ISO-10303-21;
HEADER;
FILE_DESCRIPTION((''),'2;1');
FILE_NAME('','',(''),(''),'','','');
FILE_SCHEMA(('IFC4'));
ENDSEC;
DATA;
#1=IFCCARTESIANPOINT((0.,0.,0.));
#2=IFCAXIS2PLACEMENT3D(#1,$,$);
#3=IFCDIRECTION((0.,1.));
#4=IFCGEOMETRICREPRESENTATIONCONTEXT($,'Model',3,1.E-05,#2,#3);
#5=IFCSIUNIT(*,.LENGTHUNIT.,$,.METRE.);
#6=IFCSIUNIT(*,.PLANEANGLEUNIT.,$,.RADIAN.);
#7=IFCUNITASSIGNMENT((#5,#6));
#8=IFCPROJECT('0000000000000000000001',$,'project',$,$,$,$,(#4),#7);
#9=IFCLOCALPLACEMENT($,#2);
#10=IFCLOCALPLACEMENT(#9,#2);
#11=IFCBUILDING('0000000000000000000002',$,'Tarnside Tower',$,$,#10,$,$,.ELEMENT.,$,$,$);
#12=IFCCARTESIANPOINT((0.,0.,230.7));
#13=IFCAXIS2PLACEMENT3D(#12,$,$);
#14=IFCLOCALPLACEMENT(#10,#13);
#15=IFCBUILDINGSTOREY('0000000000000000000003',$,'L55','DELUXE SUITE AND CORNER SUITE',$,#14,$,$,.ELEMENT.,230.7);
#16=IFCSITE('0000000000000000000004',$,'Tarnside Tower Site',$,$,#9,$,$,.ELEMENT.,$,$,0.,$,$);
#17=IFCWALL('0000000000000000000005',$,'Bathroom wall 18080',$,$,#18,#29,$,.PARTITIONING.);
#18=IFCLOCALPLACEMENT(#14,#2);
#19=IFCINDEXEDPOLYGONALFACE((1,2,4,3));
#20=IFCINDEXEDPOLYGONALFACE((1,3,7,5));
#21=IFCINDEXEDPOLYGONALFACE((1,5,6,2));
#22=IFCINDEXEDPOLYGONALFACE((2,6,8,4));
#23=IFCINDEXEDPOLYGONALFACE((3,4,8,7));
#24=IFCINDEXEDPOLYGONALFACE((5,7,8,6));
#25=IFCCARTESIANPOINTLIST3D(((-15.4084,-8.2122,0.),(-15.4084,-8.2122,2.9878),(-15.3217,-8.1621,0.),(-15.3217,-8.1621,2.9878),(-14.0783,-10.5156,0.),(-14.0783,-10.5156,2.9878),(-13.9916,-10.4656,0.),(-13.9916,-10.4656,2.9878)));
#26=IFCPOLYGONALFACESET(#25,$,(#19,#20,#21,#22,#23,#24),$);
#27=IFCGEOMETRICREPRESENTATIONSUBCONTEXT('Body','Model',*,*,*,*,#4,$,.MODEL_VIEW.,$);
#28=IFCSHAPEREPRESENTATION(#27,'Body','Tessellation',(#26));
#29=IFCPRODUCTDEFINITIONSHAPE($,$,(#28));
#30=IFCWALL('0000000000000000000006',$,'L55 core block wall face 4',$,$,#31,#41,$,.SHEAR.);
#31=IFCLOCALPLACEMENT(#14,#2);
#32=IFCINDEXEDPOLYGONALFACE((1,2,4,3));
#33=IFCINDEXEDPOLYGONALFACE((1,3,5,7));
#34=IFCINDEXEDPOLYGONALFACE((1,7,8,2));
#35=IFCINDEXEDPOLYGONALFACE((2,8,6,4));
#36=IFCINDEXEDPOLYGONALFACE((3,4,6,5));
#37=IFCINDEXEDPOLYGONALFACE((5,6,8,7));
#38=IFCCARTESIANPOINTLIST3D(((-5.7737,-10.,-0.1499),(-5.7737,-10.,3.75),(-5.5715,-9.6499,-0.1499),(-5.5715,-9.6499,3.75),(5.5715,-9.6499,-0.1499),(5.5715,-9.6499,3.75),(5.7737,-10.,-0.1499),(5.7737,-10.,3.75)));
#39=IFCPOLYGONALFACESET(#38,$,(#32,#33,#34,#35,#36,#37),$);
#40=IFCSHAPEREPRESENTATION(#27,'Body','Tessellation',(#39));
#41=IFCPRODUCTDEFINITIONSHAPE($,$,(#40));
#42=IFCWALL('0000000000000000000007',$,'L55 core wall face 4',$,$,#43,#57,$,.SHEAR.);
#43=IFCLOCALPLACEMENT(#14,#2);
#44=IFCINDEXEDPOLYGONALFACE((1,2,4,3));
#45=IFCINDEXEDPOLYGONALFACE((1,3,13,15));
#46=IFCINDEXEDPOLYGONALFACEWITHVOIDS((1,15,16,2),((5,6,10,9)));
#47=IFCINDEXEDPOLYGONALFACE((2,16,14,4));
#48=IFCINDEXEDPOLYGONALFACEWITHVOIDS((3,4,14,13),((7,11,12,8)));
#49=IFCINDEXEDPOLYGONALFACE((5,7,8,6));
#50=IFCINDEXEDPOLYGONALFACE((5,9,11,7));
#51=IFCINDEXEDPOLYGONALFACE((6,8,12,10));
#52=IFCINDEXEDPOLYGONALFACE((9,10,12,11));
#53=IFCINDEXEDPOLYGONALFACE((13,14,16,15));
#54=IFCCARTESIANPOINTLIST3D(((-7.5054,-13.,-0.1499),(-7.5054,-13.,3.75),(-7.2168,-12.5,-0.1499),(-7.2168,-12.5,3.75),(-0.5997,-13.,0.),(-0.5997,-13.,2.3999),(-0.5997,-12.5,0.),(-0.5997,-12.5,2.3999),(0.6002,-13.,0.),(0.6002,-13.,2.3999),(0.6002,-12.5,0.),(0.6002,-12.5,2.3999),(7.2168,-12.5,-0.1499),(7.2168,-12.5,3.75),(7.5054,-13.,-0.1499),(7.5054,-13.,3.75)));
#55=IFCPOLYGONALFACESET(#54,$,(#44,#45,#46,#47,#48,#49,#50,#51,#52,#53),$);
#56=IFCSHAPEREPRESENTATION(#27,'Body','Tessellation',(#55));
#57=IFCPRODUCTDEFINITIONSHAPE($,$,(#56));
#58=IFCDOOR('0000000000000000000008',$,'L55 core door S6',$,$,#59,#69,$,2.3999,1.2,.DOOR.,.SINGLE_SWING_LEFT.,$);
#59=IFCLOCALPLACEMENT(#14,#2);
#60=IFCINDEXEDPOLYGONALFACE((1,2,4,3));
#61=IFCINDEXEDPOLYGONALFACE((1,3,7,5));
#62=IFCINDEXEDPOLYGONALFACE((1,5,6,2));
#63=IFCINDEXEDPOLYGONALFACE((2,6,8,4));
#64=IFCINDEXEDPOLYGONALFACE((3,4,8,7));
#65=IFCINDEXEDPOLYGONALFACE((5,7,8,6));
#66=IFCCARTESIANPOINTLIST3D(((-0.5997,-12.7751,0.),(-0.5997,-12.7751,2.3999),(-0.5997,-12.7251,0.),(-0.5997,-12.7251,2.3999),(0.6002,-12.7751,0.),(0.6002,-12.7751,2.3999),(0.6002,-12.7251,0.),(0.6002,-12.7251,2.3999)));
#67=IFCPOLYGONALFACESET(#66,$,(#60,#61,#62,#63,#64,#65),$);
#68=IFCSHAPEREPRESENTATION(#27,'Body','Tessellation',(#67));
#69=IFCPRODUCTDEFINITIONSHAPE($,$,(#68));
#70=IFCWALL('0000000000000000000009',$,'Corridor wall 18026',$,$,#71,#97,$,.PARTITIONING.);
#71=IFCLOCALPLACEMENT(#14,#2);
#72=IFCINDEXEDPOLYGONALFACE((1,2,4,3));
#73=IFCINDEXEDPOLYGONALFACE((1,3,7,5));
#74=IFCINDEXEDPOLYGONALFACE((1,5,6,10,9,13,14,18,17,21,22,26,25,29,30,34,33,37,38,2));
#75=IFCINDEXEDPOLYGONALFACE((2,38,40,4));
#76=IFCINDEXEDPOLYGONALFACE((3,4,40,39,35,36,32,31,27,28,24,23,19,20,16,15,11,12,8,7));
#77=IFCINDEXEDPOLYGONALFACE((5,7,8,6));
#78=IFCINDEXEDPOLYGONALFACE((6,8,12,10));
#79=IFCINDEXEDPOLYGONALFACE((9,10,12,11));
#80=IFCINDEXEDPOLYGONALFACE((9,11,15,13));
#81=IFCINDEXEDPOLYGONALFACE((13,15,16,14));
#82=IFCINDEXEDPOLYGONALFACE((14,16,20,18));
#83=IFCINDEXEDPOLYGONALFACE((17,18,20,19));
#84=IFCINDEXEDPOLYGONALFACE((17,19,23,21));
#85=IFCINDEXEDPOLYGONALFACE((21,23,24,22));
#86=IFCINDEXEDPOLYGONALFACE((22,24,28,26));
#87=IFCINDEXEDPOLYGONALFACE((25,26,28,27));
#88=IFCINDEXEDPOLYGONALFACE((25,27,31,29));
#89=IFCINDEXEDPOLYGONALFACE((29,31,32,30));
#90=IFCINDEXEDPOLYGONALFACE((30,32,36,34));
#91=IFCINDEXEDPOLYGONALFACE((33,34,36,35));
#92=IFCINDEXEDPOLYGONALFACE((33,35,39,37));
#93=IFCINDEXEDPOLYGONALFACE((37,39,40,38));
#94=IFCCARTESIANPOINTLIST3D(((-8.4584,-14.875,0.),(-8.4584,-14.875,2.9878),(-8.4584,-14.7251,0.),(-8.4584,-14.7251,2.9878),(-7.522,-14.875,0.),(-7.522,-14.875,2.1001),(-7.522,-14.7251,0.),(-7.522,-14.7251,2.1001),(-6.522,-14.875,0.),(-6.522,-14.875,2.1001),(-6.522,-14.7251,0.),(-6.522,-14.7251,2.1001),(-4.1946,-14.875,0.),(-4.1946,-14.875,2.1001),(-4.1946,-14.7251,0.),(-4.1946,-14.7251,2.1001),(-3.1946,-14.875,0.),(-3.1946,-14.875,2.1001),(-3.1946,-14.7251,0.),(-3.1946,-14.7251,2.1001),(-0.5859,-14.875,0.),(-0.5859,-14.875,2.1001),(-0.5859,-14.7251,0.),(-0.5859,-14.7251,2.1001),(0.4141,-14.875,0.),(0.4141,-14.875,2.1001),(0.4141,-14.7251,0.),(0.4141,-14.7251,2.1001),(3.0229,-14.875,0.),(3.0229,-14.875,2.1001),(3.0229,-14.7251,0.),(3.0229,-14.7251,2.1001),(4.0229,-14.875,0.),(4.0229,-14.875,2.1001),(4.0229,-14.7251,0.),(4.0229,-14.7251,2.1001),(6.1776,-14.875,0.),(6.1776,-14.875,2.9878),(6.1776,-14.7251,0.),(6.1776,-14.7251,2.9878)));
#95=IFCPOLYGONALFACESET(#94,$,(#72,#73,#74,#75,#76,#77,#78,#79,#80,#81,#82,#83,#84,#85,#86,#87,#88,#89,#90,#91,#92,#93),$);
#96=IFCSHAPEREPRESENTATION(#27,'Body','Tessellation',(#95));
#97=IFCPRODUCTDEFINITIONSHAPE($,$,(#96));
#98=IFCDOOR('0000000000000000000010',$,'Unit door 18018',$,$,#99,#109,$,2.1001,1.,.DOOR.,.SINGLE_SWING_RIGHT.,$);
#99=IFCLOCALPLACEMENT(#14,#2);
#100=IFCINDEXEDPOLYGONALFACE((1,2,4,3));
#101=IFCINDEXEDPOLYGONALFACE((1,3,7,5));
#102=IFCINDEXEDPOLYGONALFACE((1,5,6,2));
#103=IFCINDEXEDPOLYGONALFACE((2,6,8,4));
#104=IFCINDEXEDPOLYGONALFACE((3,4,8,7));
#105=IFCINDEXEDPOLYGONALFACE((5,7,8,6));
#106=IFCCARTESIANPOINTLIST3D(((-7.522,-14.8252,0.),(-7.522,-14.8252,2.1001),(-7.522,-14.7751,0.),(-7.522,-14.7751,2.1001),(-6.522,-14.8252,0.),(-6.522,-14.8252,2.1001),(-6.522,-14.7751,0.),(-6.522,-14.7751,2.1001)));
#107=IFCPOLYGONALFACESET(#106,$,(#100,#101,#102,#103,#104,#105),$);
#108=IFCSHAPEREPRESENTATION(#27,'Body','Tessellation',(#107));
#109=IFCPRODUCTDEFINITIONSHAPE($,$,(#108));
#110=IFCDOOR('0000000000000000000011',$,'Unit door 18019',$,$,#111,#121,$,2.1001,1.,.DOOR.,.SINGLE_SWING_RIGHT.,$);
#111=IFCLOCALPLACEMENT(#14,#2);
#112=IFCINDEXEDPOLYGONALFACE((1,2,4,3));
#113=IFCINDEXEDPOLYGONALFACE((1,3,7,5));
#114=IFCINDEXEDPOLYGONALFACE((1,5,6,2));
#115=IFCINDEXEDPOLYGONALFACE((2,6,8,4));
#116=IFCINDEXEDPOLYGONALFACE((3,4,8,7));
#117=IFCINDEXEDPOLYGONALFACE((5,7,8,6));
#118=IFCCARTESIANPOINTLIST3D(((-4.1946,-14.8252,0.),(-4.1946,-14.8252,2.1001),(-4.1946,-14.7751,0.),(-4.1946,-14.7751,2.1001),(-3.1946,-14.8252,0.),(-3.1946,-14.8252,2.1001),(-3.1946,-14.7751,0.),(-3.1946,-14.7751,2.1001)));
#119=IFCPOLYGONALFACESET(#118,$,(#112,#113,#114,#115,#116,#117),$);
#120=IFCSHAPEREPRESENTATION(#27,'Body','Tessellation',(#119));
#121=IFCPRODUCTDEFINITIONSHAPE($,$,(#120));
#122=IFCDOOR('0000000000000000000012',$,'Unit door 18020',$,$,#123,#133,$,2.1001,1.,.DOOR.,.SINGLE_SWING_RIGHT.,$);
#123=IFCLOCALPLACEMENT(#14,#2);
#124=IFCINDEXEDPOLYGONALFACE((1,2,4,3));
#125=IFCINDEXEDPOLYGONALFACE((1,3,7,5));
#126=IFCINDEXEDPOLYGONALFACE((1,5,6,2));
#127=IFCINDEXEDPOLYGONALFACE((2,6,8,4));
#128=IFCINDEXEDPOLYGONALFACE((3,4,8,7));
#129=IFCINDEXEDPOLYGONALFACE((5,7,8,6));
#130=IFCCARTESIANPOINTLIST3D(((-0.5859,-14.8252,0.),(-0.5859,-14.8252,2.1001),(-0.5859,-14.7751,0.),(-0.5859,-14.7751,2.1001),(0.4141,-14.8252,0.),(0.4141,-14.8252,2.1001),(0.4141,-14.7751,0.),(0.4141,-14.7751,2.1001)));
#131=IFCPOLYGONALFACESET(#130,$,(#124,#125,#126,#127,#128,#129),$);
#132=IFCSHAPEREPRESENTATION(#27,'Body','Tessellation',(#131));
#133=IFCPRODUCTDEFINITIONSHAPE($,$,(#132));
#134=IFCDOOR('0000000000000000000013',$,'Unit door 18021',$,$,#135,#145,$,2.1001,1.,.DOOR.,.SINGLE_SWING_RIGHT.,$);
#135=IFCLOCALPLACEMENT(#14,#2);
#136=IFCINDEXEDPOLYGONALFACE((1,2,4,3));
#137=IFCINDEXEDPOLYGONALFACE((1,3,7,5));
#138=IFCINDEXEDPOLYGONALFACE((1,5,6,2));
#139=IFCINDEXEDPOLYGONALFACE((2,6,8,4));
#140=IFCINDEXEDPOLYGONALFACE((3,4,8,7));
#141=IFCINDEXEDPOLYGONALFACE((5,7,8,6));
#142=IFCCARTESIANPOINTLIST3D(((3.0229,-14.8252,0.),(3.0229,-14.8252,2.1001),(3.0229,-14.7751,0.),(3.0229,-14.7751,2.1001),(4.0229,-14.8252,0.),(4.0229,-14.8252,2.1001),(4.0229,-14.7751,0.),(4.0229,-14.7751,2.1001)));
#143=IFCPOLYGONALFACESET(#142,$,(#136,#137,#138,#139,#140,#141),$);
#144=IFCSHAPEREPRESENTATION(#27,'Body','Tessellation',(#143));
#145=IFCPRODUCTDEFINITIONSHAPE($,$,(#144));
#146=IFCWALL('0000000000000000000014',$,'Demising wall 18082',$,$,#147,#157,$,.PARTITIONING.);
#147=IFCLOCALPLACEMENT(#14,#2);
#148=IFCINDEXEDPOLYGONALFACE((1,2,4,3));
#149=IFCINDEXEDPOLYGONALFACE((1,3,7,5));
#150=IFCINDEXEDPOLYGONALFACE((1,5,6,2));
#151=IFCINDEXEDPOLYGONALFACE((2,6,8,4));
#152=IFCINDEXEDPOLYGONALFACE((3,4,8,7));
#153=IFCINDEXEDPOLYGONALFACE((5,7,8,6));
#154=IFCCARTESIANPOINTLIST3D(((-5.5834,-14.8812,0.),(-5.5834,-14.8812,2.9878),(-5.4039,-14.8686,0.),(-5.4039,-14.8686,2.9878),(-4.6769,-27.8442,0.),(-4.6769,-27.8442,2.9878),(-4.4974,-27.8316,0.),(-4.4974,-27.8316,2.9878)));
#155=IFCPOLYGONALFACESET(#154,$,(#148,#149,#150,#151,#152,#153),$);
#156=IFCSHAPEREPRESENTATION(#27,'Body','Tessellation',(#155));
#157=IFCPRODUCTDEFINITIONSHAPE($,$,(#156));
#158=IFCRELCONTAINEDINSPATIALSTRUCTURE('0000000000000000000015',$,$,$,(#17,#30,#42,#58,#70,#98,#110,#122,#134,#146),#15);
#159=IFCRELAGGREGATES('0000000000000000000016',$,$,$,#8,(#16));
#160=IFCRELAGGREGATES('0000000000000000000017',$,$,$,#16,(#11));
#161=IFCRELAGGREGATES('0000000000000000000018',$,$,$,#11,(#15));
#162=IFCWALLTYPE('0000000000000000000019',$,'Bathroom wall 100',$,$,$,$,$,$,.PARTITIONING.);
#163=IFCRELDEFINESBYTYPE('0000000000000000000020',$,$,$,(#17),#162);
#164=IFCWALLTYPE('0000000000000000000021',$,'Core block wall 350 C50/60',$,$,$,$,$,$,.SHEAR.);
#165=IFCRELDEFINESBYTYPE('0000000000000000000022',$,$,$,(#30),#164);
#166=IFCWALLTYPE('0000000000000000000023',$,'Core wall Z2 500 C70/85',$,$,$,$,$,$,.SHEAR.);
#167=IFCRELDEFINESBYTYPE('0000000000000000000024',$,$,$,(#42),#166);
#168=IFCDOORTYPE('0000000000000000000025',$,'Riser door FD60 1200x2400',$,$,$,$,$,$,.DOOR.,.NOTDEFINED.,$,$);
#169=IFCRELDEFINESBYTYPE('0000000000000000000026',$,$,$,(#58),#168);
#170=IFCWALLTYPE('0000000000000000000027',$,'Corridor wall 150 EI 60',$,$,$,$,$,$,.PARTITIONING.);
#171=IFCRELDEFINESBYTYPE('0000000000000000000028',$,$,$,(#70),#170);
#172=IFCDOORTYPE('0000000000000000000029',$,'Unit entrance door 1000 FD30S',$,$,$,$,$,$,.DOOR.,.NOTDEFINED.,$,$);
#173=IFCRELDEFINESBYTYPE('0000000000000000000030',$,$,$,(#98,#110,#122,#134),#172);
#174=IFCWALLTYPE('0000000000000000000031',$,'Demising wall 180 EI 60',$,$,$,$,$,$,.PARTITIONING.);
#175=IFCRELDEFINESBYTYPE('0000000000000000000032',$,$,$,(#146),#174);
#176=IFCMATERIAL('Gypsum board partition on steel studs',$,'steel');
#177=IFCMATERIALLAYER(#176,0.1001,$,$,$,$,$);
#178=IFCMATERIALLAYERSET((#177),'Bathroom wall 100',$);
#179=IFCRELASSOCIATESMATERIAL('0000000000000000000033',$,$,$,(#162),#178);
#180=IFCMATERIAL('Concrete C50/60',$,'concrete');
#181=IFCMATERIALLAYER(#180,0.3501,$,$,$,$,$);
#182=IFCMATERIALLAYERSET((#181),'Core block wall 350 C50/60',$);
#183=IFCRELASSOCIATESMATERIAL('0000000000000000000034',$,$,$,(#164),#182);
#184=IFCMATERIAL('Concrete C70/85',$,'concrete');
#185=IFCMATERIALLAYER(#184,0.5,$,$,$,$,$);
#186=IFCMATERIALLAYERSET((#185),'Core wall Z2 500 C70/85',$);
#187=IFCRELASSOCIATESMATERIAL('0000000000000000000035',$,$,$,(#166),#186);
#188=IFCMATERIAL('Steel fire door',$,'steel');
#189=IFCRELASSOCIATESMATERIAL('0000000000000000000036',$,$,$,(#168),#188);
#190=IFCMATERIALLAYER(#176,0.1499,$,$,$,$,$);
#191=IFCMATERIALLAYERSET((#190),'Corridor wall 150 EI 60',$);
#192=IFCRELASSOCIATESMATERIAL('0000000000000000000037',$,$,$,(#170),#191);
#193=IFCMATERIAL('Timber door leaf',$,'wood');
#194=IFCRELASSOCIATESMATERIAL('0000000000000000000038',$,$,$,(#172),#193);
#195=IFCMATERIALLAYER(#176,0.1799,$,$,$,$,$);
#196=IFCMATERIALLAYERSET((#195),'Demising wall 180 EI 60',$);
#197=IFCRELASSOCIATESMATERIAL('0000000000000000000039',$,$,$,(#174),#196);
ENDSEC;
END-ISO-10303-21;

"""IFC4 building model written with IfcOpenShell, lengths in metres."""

from ifc_helpers import new_model, si_unit, direction, frame, frame_2d, origin, place, context, subcontext, project, spatial, polyline, rectangle, outline, extrude, material, layer, layer_set, type_object, element, fill, save


model = new_model("IFC4")

# Units and contexts
model_context = context("Model", 3, precision=1e-05, world=origin(), true_north=direction((0.0, 1.0)))
body_context = subcontext(model_context, "Body", "Model", "MODEL_VIEW")
ifc_project = project(units=[si_unit("LENGTHUNIT", "METRE"), si_unit("PLANEANGLEUNIT", "RADIAN")], contexts=[model_context])

# Site, building, storey
site_placement = place(None, origin())
site = spatial("IfcSite", under=ifc_project, at=site_placement, Name="Tarnside Tower Site", CompositionType="ELEMENT", RefElevation=0.0)
building_placement = place(site_placement, origin())
building = spatial("IfcBuilding", under=site, at=building_placement, Name="Tarnside Tower", CompositionType="ELEMENT")
storey_placement = place(building_placement, frame((0.0, 0.0, 230.7)))
storey = spatial("IfcBuildingStorey", under=building, at=storey_placement, Name="L55", Description="DELUXE SUITE AND CORNER SUITE", CompositionType="ELEMENT", Elevation=230.7)

# Walls
ifc_material_1 = material(Name="Gypsum board partition on steel studs", Category="steel")
ifc_layer_1 = layer(ifc_material_1, 0.1001)
ifc_layer_set_1 = layer_set([ifc_layer_1], Name="Bathroom wall 100")
wall_type_1 = type_object("IfcWallType", Name="Bathroom wall 100", PredefinedType="PARTITIONING", material=ifc_layer_set_1)
wall_1_placement = place(storey_placement, frame((-14.0349, -10.4907, 0.0), z_axis=(0.0, 0.0, 1.0), x_axis=(-0.500048, 0.865998, 0.0)))
element("IfcWall", 1, at=wall_1_placement, inside=storey, type_object=wall_type_1, Name="Bathroom wall 18080", PredefinedType="PARTITIONING", context=body_context, shape_type="SweptSolid", body=[
    extrude(rectangle(XDim=2.6599, YDim=0.1001, at=frame_2d((1.3301, 0.0))), origin(), (0.0, 0.0, 1.0), 2.9878),
])
ifc_material_2 = material(Name="Concrete C50/60", Category="concrete")
ifc_layer_2 = layer(ifc_material_2, 0.3501)
ifc_layer_set_2 = layer_set([ifc_layer_2], Name="Core block wall 350 C50/60")
wall_type_2 = type_object("IfcWallType", Name="Core block wall 350 C50/60", PredefinedType="SHEAR", material=ifc_layer_set_2)
wall_2_placement = place(storey_placement, frame((-5.6726, -9.825, -0.1499), z_axis=(0.0, 0.0, 1.0), x_axis=(1.0, 0.0, 0.0)))
element("IfcWall", 2, at=wall_2_placement, inside=storey, type_object=wall_type_2, Name="L55 core block wall face 4", PredefinedType="SHEAR", context=body_context, shape_type="SweptSolid", body=[
    extrude(outline(polyline([(-0.1011, -0.175), (11.4463, -0.175), (11.2441, 0.175), (0.1011, 0.175), (-0.1011, -0.175)])), origin(), (0.0, 0.0, 1.0), 3.8999),
])

# Wall, opening, door
ifc_material_3 = material(Name="Concrete C70/85", Category="concrete")
ifc_layer_3 = layer(ifc_material_3, 0.5)
ifc_layer_set_3 = layer_set([ifc_layer_3], Name="Core wall Z2 500 C70/85")
wall_type_3 = type_object("IfcWallType", Name="Core wall Z2 500 C70/85", PredefinedType="SHEAR", material=ifc_layer_set_3)
wall_3_placement = place(storey_placement, frame((-7.3611, -12.75, -0.1499), z_axis=(0.0, 0.0, 1.0), x_axis=(1.0, 0.0, 0.0)))
wall_3 = element("IfcWall", 3, at=wall_3_placement, inside=storey, type_object=wall_type_3, Name="L55 core wall face 4", PredefinedType="SHEAR", context=body_context, shape_type="SweptSolid", body=[
    extrude(outline(polyline([(-0.1443, -0.25), (14.8665, -0.25), (14.5779, 0.25), (0.1443, 0.25), (-0.1443, -0.25)])), origin(), (0.0, 0.0, 1.0), 3.8999),
])
opening_1_placement = place(wall_3_placement, frame((6.7612, 0.0, 0.1499)))
opening_1 = element("IfcOpeningElement", 4, at=opening_1_placement, cuts=wall_3, PredefinedType="OPENING", context=body_context, shape_type="SweptSolid", body=[
    extrude(rectangle(XDim=1.2, YDim=2.3999, at=frame_2d((0.6001, 1.2))), frame((0.0, 0.26, 0.0), z_axis=(0.0, -1.0, 0.0), x_axis=(1.0, 0.0, 0.0)), (0.0, 0.0, 1.0), 0.52),
])
ifc_material_4 = material(Name="Steel fire door", Category="steel")
door_type_1 = type_object("IfcDoorType", Name="Riser door FD60 1200x2400", OperationType="NOTDEFINED", PredefinedType="DOOR", material=ifc_material_4)
door_1_placement = place(opening_1_placement, origin())
door_1 = element("IfcDoor", 5, at=door_1_placement, inside=storey, type_object=door_type_1, Name="L55 core door S6", OperationType="SINGLE_SWING_LEFT", OverallHeight=2.3999, OverallWidth=1.2, PredefinedType="DOOR", context=body_context, shape_type="SweptSolid", body=[
    extrude(rectangle(XDim=1.2, YDim=2.3999, at=frame_2d((0.6001, 1.2))), frame((0.0, 0.0249, 0.0), z_axis=(0.0, -1.0, 0.0), x_axis=(1.0, 0.0, 0.0)), (0.0, 0.0, 1.0), 0.05),
])
fill(opening_1, door_1)

# Wall, openings, doors
ifc_layer_4 = layer(ifc_material_1, 0.1499)
ifc_layer_set_4 = layer_set([ifc_layer_4], Name="Corridor wall 150 EI 60")
wall_type_4 = type_object("IfcWallType", Name="Corridor wall 150 EI 60", PredefinedType="PARTITIONING", material=ifc_layer_set_4)
wall_4_placement = place(storey_placement, frame((-8.4583, -14.8, 0.0), z_axis=(0.0, 0.0, 1.0), x_axis=(1.0, 0.0, 0.0)))
wall_4 = element("IfcWall", 6, at=wall_4_placement, inside=storey, type_object=wall_type_4, Name="Corridor wall 18026", PredefinedType="PARTITIONING", context=body_context, shape_type="SweptSolid", body=[
    extrude(rectangle(XDim=14.636, YDim=0.1499, at=frame_2d((7.3179, 0.0))), origin(), (0.0, 0.0, 1.0), 2.9878),
])
opening_2_placement = place(wall_4_placement, frame((0.9363, 0.0, 0.0)))
opening_2 = element("IfcOpeningElement", 7, at=opening_2_placement, cuts=wall_4, PredefinedType="OPENING", context=body_context, shape_type="SweptSolid", body=[
    extrude(rectangle(XDim=1.0, YDim=2.1001, at=frame_2d((0.5, 1.05))), frame((0.0, 0.085, 0.0), z_axis=(0.0, -1.0, 0.0), x_axis=(1.0, 0.0, 0.0)), (0.0, 0.0, 1.0), 0.1699),
])
opening_3_placement = place(wall_4_placement, frame((4.2637, 0.0, 0.0)))
opening_3 = element("IfcOpeningElement", 8, at=opening_3_placement, cuts=wall_4, PredefinedType="OPENING", context=body_context, shape_type="SweptSolid", body=[
    extrude(rectangle(XDim=1.0, YDim=2.1001, at=frame_2d((0.5, 1.05))), frame((0.0, 0.085, 0.0), z_axis=(0.0, -1.0, 0.0), x_axis=(1.0, 0.0, 0.0)), (0.0, 0.0, 1.0), 0.1699),
])
opening_4_placement = place(wall_4_placement, frame((7.8723, 0.0, 0.0)))
opening_4 = element("IfcOpeningElement", 9, at=opening_4_placement, cuts=wall_4, PredefinedType="OPENING", context=body_context, shape_type="SweptSolid", body=[
    extrude(rectangle(XDim=1.0, YDim=2.1001, at=frame_2d((0.5, 1.05))), frame((0.0, 0.085, 0.0), z_axis=(0.0, -1.0, 0.0), x_axis=(1.0, 0.0, 0.0)), (0.0, 0.0, 1.0), 0.1699),
])
opening_5_placement = place(wall_4_placement, frame((11.4812, 0.0, 0.0)))
opening_5 = element("IfcOpeningElement", 10, at=opening_5_placement, cuts=wall_4, PredefinedType="OPENING", context=body_context, shape_type="SweptSolid", body=[
    extrude(rectangle(XDim=1.0, YDim=2.1001, at=frame_2d((0.5, 1.05))), frame((0.0, 0.085, 0.0), z_axis=(0.0, -1.0, 0.0), x_axis=(1.0, 0.0, 0.0)), (0.0, 0.0, 1.0), 0.1699),
])
ifc_material_5 = material(Name="Timber door leaf", Category="wood")
door_type_2 = type_object("IfcDoorType", Name="Unit entrance door 1000 FD30S", OperationType="NOTDEFINED", PredefinedType="DOOR", material=ifc_material_5)
door_2_placement = place(opening_2_placement, origin())
door_2 = element("IfcDoor", 11, at=door_2_placement, inside=storey, type_object=door_type_2, Name="Unit door 18018", OperationType="SINGLE_SWING_RIGHT", OverallHeight=2.1001, OverallWidth=1.0, PredefinedType="DOOR", context=body_context, shape_type="SweptSolid", body=[
    extrude(rectangle(XDim=1.0, YDim=2.1001, at=frame_2d((0.5, 1.05))), frame((0.0, 0.0249, 0.0), z_axis=(0.0, -1.0, 0.0), x_axis=(1.0, 0.0, 0.0)), (0.0, 0.0, 1.0), 0.05),
])
fill(opening_2, door_2)
door_3_placement = place(opening_3_placement, origin())
door_3 = element("IfcDoor", 12, at=door_3_placement, inside=storey, type_object=door_type_2, Name="Unit door 18019", OperationType="SINGLE_SWING_RIGHT", OverallHeight=2.1001, OverallWidth=1.0, PredefinedType="DOOR", context=body_context, shape_type="SweptSolid", body=[
    extrude(rectangle(XDim=1.0, YDim=2.1001, at=frame_2d((0.5, 1.05))), frame((0.0, 0.0249, 0.0), z_axis=(0.0, -1.0, 0.0), x_axis=(1.0, 0.0, 0.0)), (0.0, 0.0, 1.0), 0.05),
])
fill(opening_3, door_3)
door_4_placement = place(opening_4_placement, origin())
door_4 = element("IfcDoor", 13, at=door_4_placement, inside=storey, type_object=door_type_2, Name="Unit door 18020", OperationType="SINGLE_SWING_RIGHT", OverallHeight=2.1001, OverallWidth=1.0, PredefinedType="DOOR", context=body_context, shape_type="SweptSolid", body=[
    extrude(rectangle(XDim=1.0, YDim=2.1001, at=frame_2d((0.5, 1.05))), frame((0.0, 0.0249, 0.0), z_axis=(0.0, -1.0, 0.0), x_axis=(1.0, 0.0, 0.0)), (0.0, 0.0, 1.0), 0.05),
])
fill(opening_4, door_4)
door_5_placement = place(opening_5_placement, origin())
door_5 = element("IfcDoor", 14, at=door_5_placement, inside=storey, type_object=door_type_2, Name="Unit door 18021", OperationType="SINGLE_SWING_RIGHT", OverallHeight=2.1001, OverallWidth=1.0, PredefinedType="DOOR", context=body_context, shape_type="SweptSolid", body=[
    extrude(rectangle(XDim=1.0, YDim=2.1001, at=frame_2d((0.5, 1.05))), frame((0.0, 0.0249, 0.0), z_axis=(0.0, -1.0, 0.0), x_axis=(1.0, 0.0, 0.0)), (0.0, 0.0, 1.0), 0.05),
])
fill(opening_5, door_5)

# Wall
ifc_layer_5 = layer(ifc_material_1, 0.1799)
ifc_layer_set_5 = layer_set([ifc_layer_5], Name="Demising wall 180 EI 60")
wall_type_5 = type_object("IfcWallType", Name="Demising wall 180 EI 60", PredefinedType="PARTITIONING", material=ifc_layer_set_5)
wall_5_placement = place(storey_placement, frame((-4.5872, -27.8379, 0.0), z_axis=(0.0, 0.0, 1.0), x_axis=(-0.06976, 0.997564, 0.0)))
element("IfcWall", 15, at=wall_5_placement, inside=storey, type_object=wall_type_5, Name="Demising wall 18082", PredefinedType="PARTITIONING", context=body_context, shape_type="SweptSolid", body=[
    extrude(rectangle(XDim=12.9946, YDim=0.1799, at=frame_2d((6.4973, 0.0))), origin(), (0.0, 0.0, 1.0), 2.9878),
])

save(model, "model.ifc")
